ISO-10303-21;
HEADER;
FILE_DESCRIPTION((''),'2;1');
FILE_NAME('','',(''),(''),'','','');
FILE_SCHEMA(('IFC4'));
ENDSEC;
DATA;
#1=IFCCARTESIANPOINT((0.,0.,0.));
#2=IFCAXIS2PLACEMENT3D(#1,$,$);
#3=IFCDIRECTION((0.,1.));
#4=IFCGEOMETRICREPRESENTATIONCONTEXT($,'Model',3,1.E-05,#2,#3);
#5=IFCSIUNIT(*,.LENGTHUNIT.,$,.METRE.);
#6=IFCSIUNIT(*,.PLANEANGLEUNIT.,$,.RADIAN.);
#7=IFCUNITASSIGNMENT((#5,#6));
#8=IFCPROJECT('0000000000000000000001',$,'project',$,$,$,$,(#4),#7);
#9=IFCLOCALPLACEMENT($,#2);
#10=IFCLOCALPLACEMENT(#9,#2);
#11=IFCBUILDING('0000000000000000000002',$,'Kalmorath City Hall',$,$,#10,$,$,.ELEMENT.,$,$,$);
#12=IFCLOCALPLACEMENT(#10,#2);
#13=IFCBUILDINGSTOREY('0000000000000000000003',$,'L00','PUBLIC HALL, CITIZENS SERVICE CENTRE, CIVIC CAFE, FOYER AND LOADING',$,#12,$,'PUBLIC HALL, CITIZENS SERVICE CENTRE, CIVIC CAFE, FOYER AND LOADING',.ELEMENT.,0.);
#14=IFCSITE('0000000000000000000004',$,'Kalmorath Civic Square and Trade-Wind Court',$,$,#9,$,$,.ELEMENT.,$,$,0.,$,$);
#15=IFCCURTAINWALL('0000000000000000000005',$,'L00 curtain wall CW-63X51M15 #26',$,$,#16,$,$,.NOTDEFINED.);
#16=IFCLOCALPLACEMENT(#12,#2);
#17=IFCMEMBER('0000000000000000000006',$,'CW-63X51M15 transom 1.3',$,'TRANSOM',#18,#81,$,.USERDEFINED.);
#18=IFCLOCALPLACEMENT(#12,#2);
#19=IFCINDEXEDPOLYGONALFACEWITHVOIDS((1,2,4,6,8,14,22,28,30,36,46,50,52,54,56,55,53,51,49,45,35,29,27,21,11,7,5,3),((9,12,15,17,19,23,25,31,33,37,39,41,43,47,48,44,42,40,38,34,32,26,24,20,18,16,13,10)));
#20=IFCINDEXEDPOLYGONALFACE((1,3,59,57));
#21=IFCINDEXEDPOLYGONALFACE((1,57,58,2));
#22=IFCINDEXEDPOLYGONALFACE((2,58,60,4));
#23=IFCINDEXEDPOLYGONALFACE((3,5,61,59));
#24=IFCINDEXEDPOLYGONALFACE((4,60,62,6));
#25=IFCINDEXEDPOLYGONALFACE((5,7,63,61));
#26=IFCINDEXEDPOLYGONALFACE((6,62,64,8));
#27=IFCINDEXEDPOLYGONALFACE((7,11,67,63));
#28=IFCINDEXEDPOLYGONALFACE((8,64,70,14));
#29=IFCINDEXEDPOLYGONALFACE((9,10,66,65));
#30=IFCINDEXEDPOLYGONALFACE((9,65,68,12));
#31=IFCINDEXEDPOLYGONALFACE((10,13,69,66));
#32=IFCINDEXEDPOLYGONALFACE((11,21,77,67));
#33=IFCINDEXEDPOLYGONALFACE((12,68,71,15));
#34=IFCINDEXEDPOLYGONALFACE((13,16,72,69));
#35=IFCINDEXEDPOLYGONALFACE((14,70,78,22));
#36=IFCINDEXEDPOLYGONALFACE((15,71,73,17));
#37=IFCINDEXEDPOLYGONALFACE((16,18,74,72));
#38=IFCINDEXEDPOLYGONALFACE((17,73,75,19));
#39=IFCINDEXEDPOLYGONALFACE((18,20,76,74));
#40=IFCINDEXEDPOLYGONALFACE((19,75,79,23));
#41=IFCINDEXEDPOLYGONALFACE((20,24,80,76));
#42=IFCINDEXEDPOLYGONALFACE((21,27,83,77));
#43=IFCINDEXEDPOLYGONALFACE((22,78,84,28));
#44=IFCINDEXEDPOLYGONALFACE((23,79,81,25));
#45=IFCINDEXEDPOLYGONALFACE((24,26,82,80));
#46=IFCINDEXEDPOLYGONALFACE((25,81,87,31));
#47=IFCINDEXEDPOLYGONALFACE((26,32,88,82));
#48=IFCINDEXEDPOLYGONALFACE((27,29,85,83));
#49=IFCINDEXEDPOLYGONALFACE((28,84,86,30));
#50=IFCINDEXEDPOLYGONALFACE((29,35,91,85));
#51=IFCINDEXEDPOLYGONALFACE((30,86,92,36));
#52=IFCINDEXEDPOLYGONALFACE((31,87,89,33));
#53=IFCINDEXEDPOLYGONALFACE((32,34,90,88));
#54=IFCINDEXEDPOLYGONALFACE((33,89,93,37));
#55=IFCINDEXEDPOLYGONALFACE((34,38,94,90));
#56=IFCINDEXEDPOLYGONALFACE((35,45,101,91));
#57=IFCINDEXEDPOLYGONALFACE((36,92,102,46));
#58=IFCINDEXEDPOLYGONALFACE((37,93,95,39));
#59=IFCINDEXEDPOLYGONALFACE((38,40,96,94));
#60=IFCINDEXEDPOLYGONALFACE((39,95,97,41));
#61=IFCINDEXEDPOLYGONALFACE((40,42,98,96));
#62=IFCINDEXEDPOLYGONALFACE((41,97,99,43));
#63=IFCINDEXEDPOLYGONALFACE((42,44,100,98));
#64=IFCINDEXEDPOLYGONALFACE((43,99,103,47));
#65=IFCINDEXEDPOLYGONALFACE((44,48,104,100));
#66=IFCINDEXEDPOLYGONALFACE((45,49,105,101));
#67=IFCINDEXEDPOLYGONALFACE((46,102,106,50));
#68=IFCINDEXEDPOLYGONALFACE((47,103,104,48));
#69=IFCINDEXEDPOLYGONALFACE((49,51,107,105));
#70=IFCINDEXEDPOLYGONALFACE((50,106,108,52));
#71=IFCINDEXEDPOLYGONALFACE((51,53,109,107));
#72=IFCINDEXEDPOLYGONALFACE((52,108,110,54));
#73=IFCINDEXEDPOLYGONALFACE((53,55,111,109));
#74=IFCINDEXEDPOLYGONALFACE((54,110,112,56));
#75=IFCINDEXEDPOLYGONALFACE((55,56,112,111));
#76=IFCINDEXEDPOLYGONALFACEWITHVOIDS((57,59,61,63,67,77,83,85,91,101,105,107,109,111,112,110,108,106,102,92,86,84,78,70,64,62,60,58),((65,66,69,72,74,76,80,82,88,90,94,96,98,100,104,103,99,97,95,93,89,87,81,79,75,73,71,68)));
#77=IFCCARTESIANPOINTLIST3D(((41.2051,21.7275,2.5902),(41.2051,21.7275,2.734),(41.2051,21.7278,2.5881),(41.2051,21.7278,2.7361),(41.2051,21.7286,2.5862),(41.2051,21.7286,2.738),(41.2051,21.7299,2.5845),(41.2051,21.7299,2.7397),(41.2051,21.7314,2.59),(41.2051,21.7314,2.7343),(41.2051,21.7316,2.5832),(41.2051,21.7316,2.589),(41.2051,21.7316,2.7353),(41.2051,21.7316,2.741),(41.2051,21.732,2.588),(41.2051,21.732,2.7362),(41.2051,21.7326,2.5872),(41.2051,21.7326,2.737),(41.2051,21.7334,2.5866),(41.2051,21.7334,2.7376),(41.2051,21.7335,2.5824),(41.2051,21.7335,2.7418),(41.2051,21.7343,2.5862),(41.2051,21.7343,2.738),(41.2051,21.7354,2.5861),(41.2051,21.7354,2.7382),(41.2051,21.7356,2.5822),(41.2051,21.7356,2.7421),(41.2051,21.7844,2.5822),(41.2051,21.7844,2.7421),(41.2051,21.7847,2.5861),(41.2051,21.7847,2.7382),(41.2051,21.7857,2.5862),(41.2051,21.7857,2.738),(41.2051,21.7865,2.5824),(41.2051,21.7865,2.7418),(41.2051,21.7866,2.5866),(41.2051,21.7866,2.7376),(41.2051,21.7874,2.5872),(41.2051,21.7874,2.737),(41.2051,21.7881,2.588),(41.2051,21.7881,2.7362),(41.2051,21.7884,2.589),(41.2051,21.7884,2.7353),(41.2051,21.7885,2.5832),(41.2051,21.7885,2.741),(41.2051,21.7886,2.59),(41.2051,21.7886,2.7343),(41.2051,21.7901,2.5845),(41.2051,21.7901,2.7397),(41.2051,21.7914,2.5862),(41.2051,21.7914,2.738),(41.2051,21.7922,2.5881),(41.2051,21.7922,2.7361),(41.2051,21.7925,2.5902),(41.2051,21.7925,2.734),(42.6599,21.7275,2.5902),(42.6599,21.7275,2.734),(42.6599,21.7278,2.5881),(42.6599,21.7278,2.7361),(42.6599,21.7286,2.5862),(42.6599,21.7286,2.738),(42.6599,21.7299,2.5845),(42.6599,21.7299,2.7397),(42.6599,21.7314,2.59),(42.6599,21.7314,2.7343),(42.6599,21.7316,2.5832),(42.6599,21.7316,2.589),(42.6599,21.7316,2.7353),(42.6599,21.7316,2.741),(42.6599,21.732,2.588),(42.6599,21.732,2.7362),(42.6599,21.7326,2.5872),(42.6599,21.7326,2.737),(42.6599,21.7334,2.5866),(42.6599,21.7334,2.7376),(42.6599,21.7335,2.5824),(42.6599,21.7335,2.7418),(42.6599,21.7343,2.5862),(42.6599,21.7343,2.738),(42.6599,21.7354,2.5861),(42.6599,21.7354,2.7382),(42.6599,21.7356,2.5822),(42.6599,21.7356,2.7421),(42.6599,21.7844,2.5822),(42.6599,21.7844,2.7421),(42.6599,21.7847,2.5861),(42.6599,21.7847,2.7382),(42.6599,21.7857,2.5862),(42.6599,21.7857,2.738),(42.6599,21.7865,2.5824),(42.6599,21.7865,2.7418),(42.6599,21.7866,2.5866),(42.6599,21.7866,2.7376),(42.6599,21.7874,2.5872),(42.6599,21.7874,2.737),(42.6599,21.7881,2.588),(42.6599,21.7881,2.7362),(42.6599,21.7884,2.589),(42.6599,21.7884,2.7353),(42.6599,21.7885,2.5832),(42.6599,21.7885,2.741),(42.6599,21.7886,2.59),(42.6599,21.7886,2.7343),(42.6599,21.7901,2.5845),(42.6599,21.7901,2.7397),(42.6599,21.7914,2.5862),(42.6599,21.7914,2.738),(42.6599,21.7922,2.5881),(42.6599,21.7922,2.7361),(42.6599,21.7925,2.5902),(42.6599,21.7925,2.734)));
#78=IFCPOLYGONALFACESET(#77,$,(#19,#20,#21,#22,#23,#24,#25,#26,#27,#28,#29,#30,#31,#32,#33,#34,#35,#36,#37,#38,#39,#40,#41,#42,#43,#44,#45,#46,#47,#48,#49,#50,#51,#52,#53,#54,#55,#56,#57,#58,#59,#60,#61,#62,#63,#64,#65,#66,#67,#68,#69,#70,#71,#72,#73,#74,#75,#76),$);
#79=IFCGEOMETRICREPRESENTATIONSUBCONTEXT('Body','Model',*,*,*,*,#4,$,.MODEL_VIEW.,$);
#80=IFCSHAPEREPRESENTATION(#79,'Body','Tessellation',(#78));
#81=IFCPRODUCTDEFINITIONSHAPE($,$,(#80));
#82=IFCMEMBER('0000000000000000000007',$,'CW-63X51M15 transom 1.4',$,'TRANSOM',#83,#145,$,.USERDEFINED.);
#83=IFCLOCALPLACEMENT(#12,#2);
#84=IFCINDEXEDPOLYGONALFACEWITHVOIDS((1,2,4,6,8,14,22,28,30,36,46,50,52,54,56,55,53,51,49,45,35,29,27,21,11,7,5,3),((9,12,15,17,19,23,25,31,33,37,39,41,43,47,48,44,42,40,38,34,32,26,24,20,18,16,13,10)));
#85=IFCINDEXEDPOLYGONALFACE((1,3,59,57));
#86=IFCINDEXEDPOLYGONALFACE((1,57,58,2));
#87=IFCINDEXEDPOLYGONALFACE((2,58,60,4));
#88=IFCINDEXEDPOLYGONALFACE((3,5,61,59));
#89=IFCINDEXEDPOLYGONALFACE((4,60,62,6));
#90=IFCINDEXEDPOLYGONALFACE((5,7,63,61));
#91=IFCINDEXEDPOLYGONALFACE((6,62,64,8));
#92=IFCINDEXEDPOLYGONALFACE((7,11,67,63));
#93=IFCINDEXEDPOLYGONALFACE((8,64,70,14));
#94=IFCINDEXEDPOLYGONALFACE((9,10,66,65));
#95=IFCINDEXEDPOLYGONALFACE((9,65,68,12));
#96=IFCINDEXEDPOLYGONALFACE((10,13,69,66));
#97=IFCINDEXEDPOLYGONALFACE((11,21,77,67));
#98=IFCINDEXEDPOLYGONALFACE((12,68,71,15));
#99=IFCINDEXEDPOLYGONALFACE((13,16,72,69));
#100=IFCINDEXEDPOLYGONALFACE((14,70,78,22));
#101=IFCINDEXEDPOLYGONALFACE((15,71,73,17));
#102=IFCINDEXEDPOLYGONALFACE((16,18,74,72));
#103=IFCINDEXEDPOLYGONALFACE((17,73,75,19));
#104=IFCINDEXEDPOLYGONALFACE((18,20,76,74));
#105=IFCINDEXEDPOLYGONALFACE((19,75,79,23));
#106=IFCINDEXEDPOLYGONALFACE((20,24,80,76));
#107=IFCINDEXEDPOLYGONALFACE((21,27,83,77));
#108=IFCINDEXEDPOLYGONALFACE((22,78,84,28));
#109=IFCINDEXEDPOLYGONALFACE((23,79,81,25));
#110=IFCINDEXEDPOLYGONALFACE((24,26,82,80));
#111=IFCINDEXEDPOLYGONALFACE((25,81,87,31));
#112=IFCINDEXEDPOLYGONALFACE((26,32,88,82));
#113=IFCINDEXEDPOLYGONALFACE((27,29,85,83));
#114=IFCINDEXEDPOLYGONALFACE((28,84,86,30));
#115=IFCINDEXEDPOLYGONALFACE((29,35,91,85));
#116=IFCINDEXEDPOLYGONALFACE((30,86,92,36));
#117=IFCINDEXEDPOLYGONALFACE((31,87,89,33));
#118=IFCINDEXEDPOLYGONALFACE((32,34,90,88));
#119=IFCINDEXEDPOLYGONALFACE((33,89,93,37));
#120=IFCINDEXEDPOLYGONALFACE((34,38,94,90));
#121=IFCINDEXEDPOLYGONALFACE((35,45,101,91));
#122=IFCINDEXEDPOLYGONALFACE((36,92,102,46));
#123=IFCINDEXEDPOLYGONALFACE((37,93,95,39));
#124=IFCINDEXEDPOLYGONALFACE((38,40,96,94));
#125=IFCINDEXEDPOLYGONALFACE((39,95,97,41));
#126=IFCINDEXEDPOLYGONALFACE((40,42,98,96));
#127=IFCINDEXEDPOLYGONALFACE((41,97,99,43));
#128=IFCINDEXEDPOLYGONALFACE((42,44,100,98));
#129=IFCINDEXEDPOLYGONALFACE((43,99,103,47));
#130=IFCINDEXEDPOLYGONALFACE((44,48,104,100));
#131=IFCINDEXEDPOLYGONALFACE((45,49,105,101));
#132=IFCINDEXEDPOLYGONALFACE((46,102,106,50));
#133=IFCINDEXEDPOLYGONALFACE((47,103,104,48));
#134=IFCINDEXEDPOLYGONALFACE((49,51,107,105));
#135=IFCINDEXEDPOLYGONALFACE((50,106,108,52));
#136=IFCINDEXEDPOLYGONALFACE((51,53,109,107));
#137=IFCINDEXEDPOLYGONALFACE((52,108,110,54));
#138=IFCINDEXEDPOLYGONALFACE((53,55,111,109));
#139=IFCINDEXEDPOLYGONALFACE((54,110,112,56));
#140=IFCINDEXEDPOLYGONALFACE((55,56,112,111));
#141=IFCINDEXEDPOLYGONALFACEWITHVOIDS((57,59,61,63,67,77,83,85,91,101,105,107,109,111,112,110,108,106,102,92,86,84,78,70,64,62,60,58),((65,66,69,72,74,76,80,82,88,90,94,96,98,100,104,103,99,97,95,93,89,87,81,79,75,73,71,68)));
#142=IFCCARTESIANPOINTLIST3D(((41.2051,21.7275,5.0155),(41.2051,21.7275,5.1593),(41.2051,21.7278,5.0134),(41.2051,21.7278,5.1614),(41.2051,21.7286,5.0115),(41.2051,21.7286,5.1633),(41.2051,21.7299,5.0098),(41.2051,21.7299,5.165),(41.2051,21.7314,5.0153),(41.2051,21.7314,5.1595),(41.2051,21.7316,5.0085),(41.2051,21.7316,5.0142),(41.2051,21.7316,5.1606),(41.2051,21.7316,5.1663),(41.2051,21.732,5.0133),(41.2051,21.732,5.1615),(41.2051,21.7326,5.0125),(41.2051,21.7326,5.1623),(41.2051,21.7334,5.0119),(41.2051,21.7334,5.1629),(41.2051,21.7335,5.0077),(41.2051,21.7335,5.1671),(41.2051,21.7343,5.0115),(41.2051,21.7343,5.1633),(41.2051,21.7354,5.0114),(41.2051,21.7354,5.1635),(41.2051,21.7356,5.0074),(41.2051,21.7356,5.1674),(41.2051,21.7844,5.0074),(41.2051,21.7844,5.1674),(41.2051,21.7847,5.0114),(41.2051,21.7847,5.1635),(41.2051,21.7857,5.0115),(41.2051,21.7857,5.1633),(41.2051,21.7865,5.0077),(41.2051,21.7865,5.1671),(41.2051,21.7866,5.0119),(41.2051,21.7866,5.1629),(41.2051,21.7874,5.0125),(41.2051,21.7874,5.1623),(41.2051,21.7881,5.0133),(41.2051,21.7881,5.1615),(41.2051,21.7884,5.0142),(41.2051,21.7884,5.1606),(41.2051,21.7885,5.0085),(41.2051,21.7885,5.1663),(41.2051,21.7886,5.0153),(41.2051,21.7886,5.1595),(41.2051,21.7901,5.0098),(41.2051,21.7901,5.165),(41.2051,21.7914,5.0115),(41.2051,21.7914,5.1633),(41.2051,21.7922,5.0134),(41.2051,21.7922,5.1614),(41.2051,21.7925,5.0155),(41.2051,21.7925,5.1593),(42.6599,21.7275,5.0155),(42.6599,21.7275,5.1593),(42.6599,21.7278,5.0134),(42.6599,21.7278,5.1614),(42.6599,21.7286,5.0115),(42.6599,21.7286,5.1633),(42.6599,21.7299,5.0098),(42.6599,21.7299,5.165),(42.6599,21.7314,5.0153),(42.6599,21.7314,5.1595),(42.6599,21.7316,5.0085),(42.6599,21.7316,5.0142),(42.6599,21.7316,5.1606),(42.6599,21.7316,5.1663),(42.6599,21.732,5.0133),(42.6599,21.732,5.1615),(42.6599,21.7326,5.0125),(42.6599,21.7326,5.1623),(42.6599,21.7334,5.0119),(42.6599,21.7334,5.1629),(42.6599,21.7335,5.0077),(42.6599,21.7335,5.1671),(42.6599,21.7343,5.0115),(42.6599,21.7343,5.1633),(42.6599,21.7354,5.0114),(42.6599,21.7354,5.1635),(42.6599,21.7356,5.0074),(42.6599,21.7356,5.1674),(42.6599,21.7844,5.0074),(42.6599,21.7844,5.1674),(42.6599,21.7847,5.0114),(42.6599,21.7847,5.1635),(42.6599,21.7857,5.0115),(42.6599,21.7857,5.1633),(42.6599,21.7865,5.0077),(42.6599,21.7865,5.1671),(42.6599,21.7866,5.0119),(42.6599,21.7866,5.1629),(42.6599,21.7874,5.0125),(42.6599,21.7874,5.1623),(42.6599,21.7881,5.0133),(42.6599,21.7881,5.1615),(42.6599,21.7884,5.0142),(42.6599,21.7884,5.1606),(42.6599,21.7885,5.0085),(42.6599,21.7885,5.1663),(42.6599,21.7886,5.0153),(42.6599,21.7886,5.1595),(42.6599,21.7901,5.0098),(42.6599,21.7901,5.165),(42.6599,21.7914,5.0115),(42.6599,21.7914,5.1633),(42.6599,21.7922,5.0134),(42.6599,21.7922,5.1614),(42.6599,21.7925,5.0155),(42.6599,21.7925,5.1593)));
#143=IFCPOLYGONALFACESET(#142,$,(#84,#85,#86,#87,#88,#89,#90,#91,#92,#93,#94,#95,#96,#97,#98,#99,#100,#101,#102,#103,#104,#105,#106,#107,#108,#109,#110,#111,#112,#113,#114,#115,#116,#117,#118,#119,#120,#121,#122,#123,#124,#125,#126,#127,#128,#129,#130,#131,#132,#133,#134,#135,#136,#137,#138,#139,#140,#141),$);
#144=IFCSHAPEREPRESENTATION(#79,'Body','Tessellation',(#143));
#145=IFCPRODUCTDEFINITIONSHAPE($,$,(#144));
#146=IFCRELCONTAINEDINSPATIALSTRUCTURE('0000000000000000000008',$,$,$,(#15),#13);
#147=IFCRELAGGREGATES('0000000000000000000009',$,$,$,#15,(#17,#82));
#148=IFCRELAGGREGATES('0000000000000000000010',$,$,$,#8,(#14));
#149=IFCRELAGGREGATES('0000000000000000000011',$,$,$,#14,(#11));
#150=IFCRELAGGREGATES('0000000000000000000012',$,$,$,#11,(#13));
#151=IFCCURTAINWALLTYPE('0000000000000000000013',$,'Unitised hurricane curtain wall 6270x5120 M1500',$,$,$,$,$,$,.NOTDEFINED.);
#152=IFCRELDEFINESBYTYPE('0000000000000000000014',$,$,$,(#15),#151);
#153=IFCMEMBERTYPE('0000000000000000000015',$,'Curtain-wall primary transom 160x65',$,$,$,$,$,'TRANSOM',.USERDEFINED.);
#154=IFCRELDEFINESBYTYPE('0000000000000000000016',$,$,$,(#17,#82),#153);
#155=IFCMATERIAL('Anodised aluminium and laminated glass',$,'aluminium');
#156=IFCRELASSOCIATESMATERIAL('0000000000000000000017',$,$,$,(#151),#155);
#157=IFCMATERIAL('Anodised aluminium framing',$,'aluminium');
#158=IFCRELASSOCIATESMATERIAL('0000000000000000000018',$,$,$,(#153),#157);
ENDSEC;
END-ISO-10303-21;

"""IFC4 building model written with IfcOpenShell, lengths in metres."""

from ifc_helpers import new_model, si_unit, direction, frame, origin, origin_2d, place, context, subcontext, project, spatial, hollow_rectangle, extrude, material, material_profile, profile_set, type_object, element, aggregate, save


model = new_model("IFC4")

# Units and contexts
model_context = context("Model", 3, precision=1e-05, world=origin(), true_north=direction((0.0, 1.0)))
body_context = subcontext(model_context, "Body", "Model", "MODEL_VIEW")
ifc_project = project(units=[si_unit("LENGTHUNIT", "METRE"), si_unit("PLANEANGLEUNIT", "RADIAN")], contexts=[model_context])

# Site, building, storey
site_placement = place(None, origin())
site = spatial("IfcSite", under=ifc_project, at=site_placement, Name="Kalmorath Civic Square and Trade-Wind Court", CompositionType="ELEMENT", RefElevation=0.0)
building_placement = place(site_placement, origin())
building = spatial("IfcBuilding", under=site, at=building_placement, Name="Kalmorath City Hall", CompositionType="ELEMENT")
storey_placement = place(building_placement, origin())
storey = spatial("IfcBuildingStorey", under=building, at=storey_placement, Name="L00", Description="PUBLIC HALL, CITIZENS SERVICE CENTRE, CIVIC CAFE, FOYER AND LOADING", LongName="PUBLIC HALL, CITIZENS SERVICE CENTRE, CIVIC CAFE, FOYER AND LOADING", CompositionType="ELEMENT", Elevation=0.0)

# Curtain wall, members
ifc_material_1 = material(Name="Anodised aluminium and laminated glass", Category="aluminium")
curtain_wall_type_1 = type_object("IfcCurtainWallType", Name="Unitised hurricane curtain wall 6270x5120 M1500", PredefinedType="NOTDEFINED", material=ifc_material_1)
curtain_wall_1_placement = place(storey_placement, origin())
curtain_wall_1 = element("IfcCurtainWall", 1, at=curtain_wall_1_placement, inside=storey, type_object=curtain_wall_type_1, Name="L00 curtain wall CW-63X51M15 #26", PredefinedType="NOTDEFINED")
ifc_material_2 = material(Name="Anodised aluminium framing", Category="aluminium")
ifc_material_profile_1 = material_profile(ifc_material_2, hollow_rectangle(XDim=0.0649, YDim=0.1599, WallThickness=0.0039, InnerFilletRadius=0.0039, OuterFilletRadius=0.0081, at=origin_2d()), Name="ALU-TRN-160X65X4")
ifc_profile_set_1 = profile_set([ifc_material_profile_1], Name="Anodised aluminium framing")
member_type_1 = type_object("IfcMemberType", Name="Curtain-wall primary transom 160x65", ElementType="TRANSOM", PredefinedType="USERDEFINED", material=ifc_profile_set_1)
member_1_placement = place(storey_placement, frame((42.6599, 21.76, 2.6621), z_axis=(-1.0, 0.0, 0.0), x_axis=(0.0, -1.0, 0.0)))
member_1 = element("IfcMember", 2, at=member_1_placement, type_object=member_type_1, Name="CW-63X51M15 transom 1.3", ObjectType="TRANSOM", PredefinedType="USERDEFINED", context=body_context, shape_type="SweptSolid", body=[
    extrude(hollow_rectangle(XDim=0.0649, YDim=0.1599, WallThickness=0.0039, InnerFilletRadius=0.0039, OuterFilletRadius=0.0081, at=origin_2d()), origin(), (0.0, 0.0, 1.0), 1.4548),
])
member_2_placement = place(storey_placement, frame((42.6599, 21.76, 5.0874), z_axis=(-1.0, 0.0, 0.0), x_axis=(0.0, -1.0, 0.0)))
member_2 = element("IfcMember", 3, at=member_2_placement, type_object=member_type_1, Name="CW-63X51M15 transom 1.4", ObjectType="TRANSOM", PredefinedType="USERDEFINED", context=body_context, shape_type="SweptSolid", body=[
    extrude(hollow_rectangle(XDim=0.0649, YDim=0.1599, WallThickness=0.0039, InnerFilletRadius=0.0039, OuterFilletRadius=0.0081, at=origin_2d()), origin(), (0.0, 0.0, 1.0), 1.4548),
])

aggregate(curtain_wall_1, [member_1, member_2])

save(model, "model.ifc")
